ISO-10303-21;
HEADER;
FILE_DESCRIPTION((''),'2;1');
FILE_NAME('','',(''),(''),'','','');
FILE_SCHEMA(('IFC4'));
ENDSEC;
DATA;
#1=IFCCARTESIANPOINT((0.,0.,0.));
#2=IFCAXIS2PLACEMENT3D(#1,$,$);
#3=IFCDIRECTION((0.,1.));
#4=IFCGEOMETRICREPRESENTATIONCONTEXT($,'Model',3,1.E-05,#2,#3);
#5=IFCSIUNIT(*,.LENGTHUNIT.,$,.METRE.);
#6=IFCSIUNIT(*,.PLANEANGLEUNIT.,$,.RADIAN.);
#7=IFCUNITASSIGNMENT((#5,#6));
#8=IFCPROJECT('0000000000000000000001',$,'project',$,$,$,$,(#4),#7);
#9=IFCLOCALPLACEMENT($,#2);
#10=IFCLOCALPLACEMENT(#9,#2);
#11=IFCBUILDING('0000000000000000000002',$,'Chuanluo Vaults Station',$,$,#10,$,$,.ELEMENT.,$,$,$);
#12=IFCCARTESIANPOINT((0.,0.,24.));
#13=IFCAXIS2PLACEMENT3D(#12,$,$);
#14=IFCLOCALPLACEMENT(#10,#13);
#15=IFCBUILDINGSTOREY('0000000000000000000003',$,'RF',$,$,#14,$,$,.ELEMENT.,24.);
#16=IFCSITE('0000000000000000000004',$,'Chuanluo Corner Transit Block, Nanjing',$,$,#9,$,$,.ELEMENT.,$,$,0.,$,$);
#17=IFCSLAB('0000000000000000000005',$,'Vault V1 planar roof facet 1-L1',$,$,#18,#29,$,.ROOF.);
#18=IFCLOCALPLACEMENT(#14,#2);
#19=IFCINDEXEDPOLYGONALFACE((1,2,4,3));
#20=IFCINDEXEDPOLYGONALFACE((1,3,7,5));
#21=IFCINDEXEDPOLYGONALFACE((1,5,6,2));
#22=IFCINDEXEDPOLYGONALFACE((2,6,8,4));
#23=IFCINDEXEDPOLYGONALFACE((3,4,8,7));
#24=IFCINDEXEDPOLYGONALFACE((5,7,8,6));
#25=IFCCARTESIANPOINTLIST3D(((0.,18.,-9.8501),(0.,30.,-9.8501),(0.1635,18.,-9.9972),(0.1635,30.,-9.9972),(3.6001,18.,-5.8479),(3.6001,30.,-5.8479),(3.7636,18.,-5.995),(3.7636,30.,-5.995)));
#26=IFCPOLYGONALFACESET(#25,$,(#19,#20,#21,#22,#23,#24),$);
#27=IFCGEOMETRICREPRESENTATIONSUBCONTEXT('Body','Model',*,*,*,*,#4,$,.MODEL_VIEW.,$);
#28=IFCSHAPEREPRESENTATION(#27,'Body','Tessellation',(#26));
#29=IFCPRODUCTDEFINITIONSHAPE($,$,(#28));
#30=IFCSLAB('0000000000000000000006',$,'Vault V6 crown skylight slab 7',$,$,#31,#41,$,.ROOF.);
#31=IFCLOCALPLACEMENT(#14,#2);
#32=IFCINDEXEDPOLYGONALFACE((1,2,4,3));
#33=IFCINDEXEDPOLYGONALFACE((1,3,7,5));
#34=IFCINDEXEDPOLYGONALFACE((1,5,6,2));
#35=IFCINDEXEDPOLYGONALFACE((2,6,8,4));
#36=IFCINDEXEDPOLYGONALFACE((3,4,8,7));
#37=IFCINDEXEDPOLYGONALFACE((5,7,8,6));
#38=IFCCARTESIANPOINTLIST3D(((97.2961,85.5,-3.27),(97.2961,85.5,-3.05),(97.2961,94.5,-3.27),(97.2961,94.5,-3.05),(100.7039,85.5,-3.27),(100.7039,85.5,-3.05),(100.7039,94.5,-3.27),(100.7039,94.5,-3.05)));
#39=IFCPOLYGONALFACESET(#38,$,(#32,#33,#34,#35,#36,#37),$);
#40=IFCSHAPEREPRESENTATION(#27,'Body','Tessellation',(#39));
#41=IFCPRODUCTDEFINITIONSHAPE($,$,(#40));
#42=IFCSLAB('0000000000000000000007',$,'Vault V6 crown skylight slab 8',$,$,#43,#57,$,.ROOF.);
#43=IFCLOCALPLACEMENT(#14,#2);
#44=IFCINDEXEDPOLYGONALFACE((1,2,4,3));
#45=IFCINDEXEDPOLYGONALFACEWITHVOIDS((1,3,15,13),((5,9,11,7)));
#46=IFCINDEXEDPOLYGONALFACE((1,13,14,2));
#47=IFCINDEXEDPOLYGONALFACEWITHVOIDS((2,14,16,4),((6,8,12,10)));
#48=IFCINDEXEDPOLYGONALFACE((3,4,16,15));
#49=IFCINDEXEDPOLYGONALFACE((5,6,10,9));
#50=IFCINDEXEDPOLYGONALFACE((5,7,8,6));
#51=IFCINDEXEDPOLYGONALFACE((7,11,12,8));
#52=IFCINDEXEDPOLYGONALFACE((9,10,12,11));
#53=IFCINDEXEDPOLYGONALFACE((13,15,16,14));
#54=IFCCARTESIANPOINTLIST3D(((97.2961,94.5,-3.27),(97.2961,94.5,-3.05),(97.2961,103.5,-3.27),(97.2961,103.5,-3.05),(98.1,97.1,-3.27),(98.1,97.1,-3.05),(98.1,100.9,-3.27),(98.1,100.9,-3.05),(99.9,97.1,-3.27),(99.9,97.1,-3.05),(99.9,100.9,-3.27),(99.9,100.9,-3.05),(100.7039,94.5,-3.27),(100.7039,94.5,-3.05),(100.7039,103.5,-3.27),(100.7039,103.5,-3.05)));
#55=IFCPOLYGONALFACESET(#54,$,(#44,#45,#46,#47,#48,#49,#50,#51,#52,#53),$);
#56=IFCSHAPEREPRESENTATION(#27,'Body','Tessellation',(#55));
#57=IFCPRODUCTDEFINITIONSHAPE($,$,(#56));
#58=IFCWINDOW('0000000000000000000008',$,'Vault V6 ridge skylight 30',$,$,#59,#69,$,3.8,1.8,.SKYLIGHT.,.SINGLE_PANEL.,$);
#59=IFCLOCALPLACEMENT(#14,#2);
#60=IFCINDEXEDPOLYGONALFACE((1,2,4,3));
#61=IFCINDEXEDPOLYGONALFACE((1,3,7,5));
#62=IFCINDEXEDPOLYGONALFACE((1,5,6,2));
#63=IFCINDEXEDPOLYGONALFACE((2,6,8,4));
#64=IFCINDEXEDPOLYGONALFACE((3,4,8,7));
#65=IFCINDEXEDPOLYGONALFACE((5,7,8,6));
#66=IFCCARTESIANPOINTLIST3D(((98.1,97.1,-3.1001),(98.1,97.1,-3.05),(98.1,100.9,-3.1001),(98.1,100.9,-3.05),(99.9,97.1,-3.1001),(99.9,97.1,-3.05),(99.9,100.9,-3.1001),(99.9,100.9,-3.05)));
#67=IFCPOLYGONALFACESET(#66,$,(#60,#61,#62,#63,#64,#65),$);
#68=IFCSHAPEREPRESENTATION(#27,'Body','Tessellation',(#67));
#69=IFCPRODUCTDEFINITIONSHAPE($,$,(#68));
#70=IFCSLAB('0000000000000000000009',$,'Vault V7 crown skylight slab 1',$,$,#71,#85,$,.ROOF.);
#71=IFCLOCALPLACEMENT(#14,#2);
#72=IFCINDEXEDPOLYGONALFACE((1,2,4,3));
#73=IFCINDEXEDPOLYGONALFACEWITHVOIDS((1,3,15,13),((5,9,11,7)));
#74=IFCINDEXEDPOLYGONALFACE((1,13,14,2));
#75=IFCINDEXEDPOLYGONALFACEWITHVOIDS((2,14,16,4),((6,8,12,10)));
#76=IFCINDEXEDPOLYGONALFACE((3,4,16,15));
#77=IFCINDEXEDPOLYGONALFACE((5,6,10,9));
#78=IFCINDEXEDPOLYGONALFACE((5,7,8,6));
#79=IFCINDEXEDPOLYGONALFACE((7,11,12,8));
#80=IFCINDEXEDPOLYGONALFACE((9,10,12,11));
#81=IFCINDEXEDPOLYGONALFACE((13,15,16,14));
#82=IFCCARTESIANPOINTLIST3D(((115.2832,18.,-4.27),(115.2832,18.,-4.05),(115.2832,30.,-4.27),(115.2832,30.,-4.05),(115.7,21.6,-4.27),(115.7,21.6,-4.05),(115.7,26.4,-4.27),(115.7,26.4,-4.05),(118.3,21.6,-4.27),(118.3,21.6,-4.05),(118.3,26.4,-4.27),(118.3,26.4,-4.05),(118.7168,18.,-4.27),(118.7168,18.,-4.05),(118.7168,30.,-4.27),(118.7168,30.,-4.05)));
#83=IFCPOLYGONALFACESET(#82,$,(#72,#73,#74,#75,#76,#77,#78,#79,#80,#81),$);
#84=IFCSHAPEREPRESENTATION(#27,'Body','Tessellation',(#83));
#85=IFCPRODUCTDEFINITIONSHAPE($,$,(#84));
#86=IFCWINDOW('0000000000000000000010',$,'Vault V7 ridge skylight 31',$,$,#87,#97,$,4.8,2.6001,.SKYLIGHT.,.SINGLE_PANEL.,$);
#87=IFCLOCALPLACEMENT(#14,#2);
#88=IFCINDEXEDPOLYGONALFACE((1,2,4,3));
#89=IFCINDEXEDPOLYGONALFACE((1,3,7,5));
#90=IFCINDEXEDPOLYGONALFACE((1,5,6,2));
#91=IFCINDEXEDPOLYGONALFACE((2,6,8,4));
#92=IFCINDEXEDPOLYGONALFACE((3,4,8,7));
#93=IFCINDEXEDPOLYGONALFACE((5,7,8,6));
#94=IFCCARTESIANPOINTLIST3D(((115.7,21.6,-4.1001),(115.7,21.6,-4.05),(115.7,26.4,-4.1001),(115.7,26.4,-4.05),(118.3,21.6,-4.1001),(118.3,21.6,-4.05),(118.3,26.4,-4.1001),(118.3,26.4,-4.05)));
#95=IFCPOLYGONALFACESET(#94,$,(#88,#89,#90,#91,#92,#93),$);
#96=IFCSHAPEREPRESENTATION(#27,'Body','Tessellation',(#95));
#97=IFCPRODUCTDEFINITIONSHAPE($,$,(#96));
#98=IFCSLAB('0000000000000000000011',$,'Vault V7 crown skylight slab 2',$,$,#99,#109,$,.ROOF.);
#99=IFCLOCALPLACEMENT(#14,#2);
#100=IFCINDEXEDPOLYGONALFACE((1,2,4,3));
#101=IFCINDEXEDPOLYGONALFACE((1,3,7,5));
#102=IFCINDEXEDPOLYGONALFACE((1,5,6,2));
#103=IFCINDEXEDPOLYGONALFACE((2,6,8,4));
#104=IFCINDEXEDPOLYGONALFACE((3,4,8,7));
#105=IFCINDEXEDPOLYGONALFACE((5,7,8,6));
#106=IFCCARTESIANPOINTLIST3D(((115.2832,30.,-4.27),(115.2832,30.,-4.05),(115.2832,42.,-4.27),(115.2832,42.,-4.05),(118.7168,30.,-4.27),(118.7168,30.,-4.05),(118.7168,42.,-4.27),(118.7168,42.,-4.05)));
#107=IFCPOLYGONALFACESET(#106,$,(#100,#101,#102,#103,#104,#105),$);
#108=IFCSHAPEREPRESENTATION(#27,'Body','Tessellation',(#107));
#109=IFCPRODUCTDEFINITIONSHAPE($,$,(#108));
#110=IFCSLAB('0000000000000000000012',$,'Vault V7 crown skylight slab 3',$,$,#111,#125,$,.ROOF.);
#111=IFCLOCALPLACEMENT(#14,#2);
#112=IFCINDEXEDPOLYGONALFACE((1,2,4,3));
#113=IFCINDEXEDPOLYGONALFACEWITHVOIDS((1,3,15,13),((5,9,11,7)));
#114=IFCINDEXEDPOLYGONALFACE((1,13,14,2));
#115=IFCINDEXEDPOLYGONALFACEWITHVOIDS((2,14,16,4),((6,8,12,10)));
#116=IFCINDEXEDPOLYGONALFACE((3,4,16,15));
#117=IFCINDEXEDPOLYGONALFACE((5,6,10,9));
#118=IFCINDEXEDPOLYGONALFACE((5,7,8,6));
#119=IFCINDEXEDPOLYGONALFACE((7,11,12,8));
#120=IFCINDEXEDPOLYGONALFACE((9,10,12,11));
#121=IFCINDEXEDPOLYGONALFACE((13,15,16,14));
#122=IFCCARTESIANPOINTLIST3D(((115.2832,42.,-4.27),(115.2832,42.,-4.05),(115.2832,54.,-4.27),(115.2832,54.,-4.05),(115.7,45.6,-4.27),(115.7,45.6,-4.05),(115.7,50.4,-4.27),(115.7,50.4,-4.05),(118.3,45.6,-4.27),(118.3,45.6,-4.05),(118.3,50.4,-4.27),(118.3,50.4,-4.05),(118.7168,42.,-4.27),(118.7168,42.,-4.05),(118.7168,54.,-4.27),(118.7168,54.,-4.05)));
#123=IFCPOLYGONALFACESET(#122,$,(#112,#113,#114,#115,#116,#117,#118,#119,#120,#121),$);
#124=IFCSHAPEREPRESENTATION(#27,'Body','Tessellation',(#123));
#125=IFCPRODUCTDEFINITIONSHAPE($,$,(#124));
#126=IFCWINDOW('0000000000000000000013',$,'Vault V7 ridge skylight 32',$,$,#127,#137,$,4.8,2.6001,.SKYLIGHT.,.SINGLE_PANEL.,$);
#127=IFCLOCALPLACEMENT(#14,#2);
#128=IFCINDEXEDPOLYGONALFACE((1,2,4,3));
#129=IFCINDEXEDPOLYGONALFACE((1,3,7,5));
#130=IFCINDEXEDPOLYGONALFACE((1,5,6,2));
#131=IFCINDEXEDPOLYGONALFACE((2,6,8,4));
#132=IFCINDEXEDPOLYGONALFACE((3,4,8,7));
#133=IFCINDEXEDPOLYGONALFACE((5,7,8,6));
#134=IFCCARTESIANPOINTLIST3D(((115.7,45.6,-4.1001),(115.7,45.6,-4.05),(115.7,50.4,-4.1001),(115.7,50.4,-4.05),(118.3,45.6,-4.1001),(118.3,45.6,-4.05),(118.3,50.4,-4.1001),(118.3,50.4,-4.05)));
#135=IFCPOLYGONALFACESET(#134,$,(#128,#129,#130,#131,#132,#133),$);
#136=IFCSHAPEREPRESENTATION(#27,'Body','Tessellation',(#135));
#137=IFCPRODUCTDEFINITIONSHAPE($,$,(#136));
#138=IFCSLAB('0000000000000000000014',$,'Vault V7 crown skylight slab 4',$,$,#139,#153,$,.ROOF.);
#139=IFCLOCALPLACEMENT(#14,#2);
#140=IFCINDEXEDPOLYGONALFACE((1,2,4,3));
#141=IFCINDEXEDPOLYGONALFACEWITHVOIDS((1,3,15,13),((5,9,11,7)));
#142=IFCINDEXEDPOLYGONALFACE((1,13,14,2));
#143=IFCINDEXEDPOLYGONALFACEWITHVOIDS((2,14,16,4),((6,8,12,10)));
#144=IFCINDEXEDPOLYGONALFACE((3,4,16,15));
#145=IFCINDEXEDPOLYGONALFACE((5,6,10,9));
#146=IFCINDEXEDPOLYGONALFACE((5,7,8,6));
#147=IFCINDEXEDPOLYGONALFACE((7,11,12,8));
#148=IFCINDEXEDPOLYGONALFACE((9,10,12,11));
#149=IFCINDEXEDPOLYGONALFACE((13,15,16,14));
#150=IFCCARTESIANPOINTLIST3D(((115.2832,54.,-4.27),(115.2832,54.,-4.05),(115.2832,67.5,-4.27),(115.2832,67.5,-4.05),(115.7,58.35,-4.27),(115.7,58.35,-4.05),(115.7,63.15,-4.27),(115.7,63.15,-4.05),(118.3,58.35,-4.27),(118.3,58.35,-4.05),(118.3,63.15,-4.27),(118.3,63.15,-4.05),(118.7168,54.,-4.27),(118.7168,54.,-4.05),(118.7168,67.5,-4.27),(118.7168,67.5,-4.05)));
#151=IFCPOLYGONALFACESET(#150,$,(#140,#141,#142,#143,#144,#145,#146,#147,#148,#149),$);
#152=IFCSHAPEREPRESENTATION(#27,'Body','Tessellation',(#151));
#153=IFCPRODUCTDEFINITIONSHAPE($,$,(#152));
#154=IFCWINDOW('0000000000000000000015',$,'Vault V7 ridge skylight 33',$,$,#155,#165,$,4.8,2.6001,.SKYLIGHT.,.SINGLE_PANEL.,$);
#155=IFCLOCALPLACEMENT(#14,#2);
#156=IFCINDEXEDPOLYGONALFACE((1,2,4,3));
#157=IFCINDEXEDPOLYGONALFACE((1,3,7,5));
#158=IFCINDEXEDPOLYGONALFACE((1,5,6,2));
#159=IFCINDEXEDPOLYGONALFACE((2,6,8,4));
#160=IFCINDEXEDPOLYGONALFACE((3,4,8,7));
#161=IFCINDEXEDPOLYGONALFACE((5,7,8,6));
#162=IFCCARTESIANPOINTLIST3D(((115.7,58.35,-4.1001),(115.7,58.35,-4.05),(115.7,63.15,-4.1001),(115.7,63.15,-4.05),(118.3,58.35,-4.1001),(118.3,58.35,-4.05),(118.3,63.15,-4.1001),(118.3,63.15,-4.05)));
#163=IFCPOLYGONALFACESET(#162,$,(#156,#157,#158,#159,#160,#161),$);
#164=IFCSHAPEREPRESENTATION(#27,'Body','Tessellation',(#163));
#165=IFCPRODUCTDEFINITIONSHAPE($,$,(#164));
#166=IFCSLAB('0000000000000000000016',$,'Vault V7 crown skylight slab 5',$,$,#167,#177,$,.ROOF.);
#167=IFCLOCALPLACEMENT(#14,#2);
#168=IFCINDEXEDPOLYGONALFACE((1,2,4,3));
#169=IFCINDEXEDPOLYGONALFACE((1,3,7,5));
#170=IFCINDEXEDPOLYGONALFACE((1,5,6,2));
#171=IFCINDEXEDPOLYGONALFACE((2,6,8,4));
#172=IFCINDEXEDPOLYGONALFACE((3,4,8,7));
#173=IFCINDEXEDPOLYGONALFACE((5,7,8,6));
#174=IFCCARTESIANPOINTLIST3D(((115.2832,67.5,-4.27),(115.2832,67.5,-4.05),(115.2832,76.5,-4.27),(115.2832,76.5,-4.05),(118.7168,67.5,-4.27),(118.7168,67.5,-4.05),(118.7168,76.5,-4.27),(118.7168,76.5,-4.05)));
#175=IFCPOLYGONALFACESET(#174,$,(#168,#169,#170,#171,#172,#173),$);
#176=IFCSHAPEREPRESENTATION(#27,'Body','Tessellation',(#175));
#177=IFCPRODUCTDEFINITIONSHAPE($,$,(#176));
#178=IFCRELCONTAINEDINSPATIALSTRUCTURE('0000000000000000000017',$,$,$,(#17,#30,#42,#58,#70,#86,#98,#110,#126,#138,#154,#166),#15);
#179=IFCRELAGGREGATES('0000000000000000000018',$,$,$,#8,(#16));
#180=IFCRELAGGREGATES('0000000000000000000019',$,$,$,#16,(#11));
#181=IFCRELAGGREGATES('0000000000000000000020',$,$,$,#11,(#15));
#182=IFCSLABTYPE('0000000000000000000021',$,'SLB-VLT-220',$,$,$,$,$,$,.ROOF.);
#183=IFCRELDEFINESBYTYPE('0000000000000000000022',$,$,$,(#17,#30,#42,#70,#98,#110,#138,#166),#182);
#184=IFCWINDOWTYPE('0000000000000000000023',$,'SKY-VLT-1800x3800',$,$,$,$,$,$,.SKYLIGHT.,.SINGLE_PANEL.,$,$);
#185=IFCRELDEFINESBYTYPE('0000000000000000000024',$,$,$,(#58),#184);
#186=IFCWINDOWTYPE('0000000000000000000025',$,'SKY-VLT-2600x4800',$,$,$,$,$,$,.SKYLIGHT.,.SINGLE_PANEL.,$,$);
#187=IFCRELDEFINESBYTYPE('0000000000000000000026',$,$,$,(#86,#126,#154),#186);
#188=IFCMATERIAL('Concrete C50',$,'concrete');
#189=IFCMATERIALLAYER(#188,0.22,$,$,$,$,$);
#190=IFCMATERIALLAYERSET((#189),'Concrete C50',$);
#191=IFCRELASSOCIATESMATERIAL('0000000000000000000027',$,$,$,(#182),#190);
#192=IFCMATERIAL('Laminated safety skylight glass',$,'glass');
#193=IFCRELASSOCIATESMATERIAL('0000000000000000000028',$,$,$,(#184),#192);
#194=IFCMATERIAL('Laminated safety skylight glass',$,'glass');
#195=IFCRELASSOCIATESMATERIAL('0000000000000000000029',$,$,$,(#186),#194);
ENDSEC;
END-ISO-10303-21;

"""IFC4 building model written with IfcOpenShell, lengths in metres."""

from ifc_helpers import new_model, si_unit, direction, frame, origin, origin_2d, place, context, subcontext, project, spatial, polyline, rectangle, outline, extrude, material, layer, layer_set, type_object, element, fill, save


model = new_model("IFC4")

# Units and contexts
model_context = context("Model", 3, precision=1e-05, world=origin(), true_north=direction((0.0, 1.0)))
body_context = subcontext(model_context, "Body", "Model", "MODEL_VIEW")
ifc_project = project(units=[si_unit("LENGTHUNIT", "METRE"), si_unit("PLANEANGLEUNIT", "RADIAN")], contexts=[model_context])

# Site, building, storey
site_placement = place(None, origin())
site = spatial("IfcSite", under=ifc_project, at=site_placement, Name="Chuanluo Corner Transit Block, Nanjing", CompositionType="ELEMENT", RefElevation=0.0)
building_placement = place(site_placement, origin())
building = spatial("IfcBuilding", under=site, at=building_placement, Name="Chuanluo Vaults Station", CompositionType="ELEMENT")
storey_placement = place(building_placement, frame((0.0, 0.0, 24.0)))
storey = spatial("IfcBuildingStorey", under=building, at=storey_placement, Name="RF", CompositionType="ELEMENT", Elevation=24.0)

# Slabs
ifc_material_1 = material(Name="Concrete C50", Category="concrete")
ifc_layer = layer(ifc_material_1, 0.22)
ifc_layer_set = layer_set([ifc_layer], Name="Concrete C50")
slab_type = type_object("IfcSlabType", Name="SLB-VLT-220", PredefinedType="ROOF", material=ifc_layer_set)
slab_1_placement = place(storey_placement, frame((0.0, 18.0, -9.8501), z_axis=(-0.743468, 0.0, 0.668772), x_axis=(0.668772, 0.0, 0.743468)))
element("IfcSlab", 1, at=slab_1_placement, inside=storey, type_object=slab_type, Name="Vault V1 planar roof facet 1-L1", PredefinedType="ROOF", context=body_context, shape_type="SweptSolid", body=[
    extrude(outline(polyline([(0.0, 0.0), (5.3831, 0.0), (5.3831, 12.0), (0.0, 12.0), (0.0, 0.0)])), origin(), (0.0, 0.0, -1.0), 0.22),
])
slab_2_placement = place(storey_placement, frame((0.0, 0.0, -3.27)))
element("IfcSlab", 2, at=slab_2_placement, inside=storey, type_object=slab_type, Name="Vault V6 crown skylight slab 7", PredefinedType="ROOF", context=body_context, shape_type="SweptSolid", body=[
    extrude(outline(polyline([(97.2961, 85.5), (100.7039, 85.5), (100.7039, 94.5), (97.2961, 94.5), (97.2961, 85.5)])), origin(), (0.0, 0.0, 1.0), 0.22),
])

# Slabs, openings, windows
slab_3_placement = place(storey_placement, frame((0.0, 0.0, -3.27)))
slab_3 = element("IfcSlab", 3, at=slab_3_placement, inside=storey, type_object=slab_type, Name="Vault V6 crown skylight slab 8", PredefinedType="ROOF", context=body_context, shape_type="SweptSolid", body=[
    extrude(outline(polyline([(97.2961, 94.5), (100.7039, 94.5), (100.7039, 103.5), (97.2961, 103.5), (97.2961, 94.5)])), origin(), (0.0, 0.0, 1.0), 0.22),
])
opening_1_placement = place(slab_3_placement, frame((99.0, 99.0, 0.0)))
opening_1 = element("IfcOpeningElement", 4, at=opening_1_placement, cuts=slab_3, PredefinedType="OPENING", context=body_context, shape_type="SweptSolid", body=[
    extrude(rectangle(XDim=1.8, YDim=3.8, at=origin_2d()), frame((0.0, 0.0, -0.01)), (0.0, 0.0, 1.0), 0.24),
])
ifc_material_2 = material(Name="Laminated safety skylight glass", Category="glass")
window_type_1 = type_object("IfcWindowType", Name="SKY-VLT-1800x3800", PartitioningType="SINGLE_PANEL", PredefinedType="SKYLIGHT", material=ifc_material_2)
window_1_placement = place(opening_1_placement, frame((0.0, 0.0, 0.1699)))
window_1 = element("IfcWindow", 5, at=window_1_placement, inside=storey, type_object=window_type_1, Name="Vault V6 ridge skylight 30", OverallHeight=3.8, OverallWidth=1.8, PartitioningType="SINGLE_PANEL", PredefinedType="SKYLIGHT", context=body_context, shape_type="SweptSolid", body=[
    extrude(rectangle(XDim=1.8, YDim=3.8, at=origin_2d()), origin(), (0.0, 0.0, 1.0), 0.05),
])
fill(opening_1, window_1)
slab_4_placement = place(storey_placement, frame((0.0, 0.0, -4.27)))
slab_4 = element("IfcSlab", 6, at=slab_4_placement, inside=storey, type_object=slab_type, Name="Vault V7 crown skylight slab 1", PredefinedType="ROOF", context=body_context, shape_type="SweptSolid", body=[
    extrude(outline(polyline([(115.2832, 18.0), (118.7168, 18.0), (118.7168, 30.0), (115.2832, 30.0), (115.2832, 18.0)])), origin(), (0.0, 0.0, 1.0), 0.22),
])
opening_2_placement = place(slab_4_placement, frame((117.0, 24.0, 0.0)))
opening_2 = element("IfcOpeningElement", 7, at=opening_2_placement, cuts=slab_4, PredefinedType="OPENING", context=body_context, shape_type="SweptSolid", body=[
    extrude(rectangle(XDim=2.6001, YDim=4.8, at=origin_2d()), frame((0.0, 0.0, -0.01)), (0.0, 0.0, 1.0), 0.24),
])
ifc_material_3 = material(Name="Laminated safety skylight glass", Category="glass")
window_type_2 = type_object("IfcWindowType", Name="SKY-VLT-2600x4800", PartitioningType="SINGLE_PANEL", PredefinedType="SKYLIGHT", material=ifc_material_3)
window_2_placement = place(opening_2_placement, frame((0.0, 0.0, 0.1699)))
window_2 = element("IfcWindow", 8, at=window_2_placement, inside=storey, type_object=window_type_2, Name="Vault V7 ridge skylight 31", OverallHeight=4.8, OverallWidth=2.6001, PartitioningType="SINGLE_PANEL", PredefinedType="SKYLIGHT", context=body_context, shape_type="SweptSolid", body=[
    extrude(rectangle(XDim=2.6001, YDim=4.8, at=origin_2d()), origin(), (0.0, 0.0, 1.0), 0.05),
])
fill(opening_2, window_2)

# Slab
slab_5_placement = place(storey_placement, frame((0.0, 0.0, -4.27)))
element("IfcSlab", 9, at=slab_5_placement, inside=storey, type_object=slab_type, Name="Vault V7 crown skylight slab 2", PredefinedType="ROOF", context=body_context, shape_type="SweptSolid", body=[
    extrude(outline(polyline([(115.2832, 30.0), (118.7168, 30.0), (118.7168, 42.0), (115.2832, 42.0), (115.2832, 30.0)])), origin(), (0.0, 0.0, 1.0), 0.22),
])

# Slabs, openings, windows
slab_6_placement = place(storey_placement, frame((0.0, 0.0, -4.27)))
slab_6 = element("IfcSlab", 10, at=slab_6_placement, inside=storey, type_object=slab_type, Name="Vault V7 crown skylight slab 3", PredefinedType="ROOF", context=body_context, shape_type="SweptSolid", body=[
    extrude(outline(polyline([(115.2832, 42.0), (118.7168, 42.0), (118.7168, 54.0), (115.2832, 54.0), (115.2832, 42.0)])), origin(), (0.0, 0.0, 1.0), 0.22),
])
opening_3_placement = place(slab_6_placement, frame((117.0, 48.0, 0.0)))
opening_3 = element("IfcOpeningElement", 11, at=opening_3_placement, cuts=slab_6, PredefinedType="OPENING", context=body_context, shape_type="SweptSolid", body=[
    extrude(rectangle(XDim=2.6001, YDim=4.8, at=origin_2d()), frame((0.0, 0.0, -0.01)), (0.0, 0.0, 1.0), 0.24),
])
window_3_placement = place(opening_3_placement, frame((0.0, 0.0, 0.1699)))
window_3 = element("IfcWindow", 12, at=window_3_placement, inside=storey, type_object=window_type_2, Name="Vault V7 ridge skylight 32", OverallHeight=4.8, OverallWidth=2.6001, PartitioningType="SINGLE_PANEL", PredefinedType="SKYLIGHT", context=body_context, shape_type="SweptSolid", body=[
    extrude(rectangle(XDim=2.6001, YDim=4.8, at=origin_2d()), origin(), (0.0, 0.0, 1.0), 0.05),
])
fill(opening_3, window_3)
slab_7_placement = place(storey_placement, frame((0.0, 0.0, -4.27)))
slab_7 = element("IfcSlab", 13, at=slab_7_placement, inside=storey, type_object=slab_type, Name="Vault V7 crown skylight slab 4", PredefinedType="ROOF", context=body_context, shape_type="SweptSolid", body=[
    extrude(outline(polyline([(115.2832, 54.0), (118.7168, 54.0), (118.7168, 67.5), (115.2832, 67.5), (115.2832, 54.0)])), origin(), (0.0, 0.0, 1.0), 0.22),
])
opening_4_placement = place(slab_7_placement, frame((117.0, 60.75, 0.0)))
opening_4 = element("IfcOpeningElement", 14, at=opening_4_placement, cuts=slab_7, PredefinedType="OPENING", context=body_context, shape_type="SweptSolid", body=[
    extrude(rectangle(XDim=2.6001, YDim=4.8, at=origin_2d()), frame((0.0, 0.0, -0.01)), (0.0, 0.0, 1.0), 0.24),
])
window_4_placement = place(opening_4_placement, frame((0.0, 0.0, 0.1699)))
window_4 = element("IfcWindow", 15, at=window_4_placement, inside=storey, type_object=window_type_2, Name="Vault V7 ridge skylight 33", OverallHeight=4.8, OverallWidth=2.6001, PartitioningType="SINGLE_PANEL", PredefinedType="SKYLIGHT", context=body_context, shape_type="SweptSolid", body=[
    extrude(rectangle(XDim=2.6001, YDim=4.8, at=origin_2d()), origin(), (0.0, 0.0, 1.0), 0.05),
])
fill(opening_4, window_4)

# Slab
slab_8_placement = place(storey_placement, frame((0.0, 0.0, -4.27)))
element("IfcSlab", 16, at=slab_8_placement, inside=storey, type_object=slab_type, Name="Vault V7 crown skylight slab 5", PredefinedType="ROOF", context=body_context, shape_type="SweptSolid", body=[
    extrude(outline(polyline([(115.2832, 67.5), (118.7168, 67.5), (118.7168, 76.5), (115.2832, 76.5), (115.2832, 67.5)])), origin(), (0.0, 0.0, 1.0), 0.22),
])

save(model, "model.ifc")
